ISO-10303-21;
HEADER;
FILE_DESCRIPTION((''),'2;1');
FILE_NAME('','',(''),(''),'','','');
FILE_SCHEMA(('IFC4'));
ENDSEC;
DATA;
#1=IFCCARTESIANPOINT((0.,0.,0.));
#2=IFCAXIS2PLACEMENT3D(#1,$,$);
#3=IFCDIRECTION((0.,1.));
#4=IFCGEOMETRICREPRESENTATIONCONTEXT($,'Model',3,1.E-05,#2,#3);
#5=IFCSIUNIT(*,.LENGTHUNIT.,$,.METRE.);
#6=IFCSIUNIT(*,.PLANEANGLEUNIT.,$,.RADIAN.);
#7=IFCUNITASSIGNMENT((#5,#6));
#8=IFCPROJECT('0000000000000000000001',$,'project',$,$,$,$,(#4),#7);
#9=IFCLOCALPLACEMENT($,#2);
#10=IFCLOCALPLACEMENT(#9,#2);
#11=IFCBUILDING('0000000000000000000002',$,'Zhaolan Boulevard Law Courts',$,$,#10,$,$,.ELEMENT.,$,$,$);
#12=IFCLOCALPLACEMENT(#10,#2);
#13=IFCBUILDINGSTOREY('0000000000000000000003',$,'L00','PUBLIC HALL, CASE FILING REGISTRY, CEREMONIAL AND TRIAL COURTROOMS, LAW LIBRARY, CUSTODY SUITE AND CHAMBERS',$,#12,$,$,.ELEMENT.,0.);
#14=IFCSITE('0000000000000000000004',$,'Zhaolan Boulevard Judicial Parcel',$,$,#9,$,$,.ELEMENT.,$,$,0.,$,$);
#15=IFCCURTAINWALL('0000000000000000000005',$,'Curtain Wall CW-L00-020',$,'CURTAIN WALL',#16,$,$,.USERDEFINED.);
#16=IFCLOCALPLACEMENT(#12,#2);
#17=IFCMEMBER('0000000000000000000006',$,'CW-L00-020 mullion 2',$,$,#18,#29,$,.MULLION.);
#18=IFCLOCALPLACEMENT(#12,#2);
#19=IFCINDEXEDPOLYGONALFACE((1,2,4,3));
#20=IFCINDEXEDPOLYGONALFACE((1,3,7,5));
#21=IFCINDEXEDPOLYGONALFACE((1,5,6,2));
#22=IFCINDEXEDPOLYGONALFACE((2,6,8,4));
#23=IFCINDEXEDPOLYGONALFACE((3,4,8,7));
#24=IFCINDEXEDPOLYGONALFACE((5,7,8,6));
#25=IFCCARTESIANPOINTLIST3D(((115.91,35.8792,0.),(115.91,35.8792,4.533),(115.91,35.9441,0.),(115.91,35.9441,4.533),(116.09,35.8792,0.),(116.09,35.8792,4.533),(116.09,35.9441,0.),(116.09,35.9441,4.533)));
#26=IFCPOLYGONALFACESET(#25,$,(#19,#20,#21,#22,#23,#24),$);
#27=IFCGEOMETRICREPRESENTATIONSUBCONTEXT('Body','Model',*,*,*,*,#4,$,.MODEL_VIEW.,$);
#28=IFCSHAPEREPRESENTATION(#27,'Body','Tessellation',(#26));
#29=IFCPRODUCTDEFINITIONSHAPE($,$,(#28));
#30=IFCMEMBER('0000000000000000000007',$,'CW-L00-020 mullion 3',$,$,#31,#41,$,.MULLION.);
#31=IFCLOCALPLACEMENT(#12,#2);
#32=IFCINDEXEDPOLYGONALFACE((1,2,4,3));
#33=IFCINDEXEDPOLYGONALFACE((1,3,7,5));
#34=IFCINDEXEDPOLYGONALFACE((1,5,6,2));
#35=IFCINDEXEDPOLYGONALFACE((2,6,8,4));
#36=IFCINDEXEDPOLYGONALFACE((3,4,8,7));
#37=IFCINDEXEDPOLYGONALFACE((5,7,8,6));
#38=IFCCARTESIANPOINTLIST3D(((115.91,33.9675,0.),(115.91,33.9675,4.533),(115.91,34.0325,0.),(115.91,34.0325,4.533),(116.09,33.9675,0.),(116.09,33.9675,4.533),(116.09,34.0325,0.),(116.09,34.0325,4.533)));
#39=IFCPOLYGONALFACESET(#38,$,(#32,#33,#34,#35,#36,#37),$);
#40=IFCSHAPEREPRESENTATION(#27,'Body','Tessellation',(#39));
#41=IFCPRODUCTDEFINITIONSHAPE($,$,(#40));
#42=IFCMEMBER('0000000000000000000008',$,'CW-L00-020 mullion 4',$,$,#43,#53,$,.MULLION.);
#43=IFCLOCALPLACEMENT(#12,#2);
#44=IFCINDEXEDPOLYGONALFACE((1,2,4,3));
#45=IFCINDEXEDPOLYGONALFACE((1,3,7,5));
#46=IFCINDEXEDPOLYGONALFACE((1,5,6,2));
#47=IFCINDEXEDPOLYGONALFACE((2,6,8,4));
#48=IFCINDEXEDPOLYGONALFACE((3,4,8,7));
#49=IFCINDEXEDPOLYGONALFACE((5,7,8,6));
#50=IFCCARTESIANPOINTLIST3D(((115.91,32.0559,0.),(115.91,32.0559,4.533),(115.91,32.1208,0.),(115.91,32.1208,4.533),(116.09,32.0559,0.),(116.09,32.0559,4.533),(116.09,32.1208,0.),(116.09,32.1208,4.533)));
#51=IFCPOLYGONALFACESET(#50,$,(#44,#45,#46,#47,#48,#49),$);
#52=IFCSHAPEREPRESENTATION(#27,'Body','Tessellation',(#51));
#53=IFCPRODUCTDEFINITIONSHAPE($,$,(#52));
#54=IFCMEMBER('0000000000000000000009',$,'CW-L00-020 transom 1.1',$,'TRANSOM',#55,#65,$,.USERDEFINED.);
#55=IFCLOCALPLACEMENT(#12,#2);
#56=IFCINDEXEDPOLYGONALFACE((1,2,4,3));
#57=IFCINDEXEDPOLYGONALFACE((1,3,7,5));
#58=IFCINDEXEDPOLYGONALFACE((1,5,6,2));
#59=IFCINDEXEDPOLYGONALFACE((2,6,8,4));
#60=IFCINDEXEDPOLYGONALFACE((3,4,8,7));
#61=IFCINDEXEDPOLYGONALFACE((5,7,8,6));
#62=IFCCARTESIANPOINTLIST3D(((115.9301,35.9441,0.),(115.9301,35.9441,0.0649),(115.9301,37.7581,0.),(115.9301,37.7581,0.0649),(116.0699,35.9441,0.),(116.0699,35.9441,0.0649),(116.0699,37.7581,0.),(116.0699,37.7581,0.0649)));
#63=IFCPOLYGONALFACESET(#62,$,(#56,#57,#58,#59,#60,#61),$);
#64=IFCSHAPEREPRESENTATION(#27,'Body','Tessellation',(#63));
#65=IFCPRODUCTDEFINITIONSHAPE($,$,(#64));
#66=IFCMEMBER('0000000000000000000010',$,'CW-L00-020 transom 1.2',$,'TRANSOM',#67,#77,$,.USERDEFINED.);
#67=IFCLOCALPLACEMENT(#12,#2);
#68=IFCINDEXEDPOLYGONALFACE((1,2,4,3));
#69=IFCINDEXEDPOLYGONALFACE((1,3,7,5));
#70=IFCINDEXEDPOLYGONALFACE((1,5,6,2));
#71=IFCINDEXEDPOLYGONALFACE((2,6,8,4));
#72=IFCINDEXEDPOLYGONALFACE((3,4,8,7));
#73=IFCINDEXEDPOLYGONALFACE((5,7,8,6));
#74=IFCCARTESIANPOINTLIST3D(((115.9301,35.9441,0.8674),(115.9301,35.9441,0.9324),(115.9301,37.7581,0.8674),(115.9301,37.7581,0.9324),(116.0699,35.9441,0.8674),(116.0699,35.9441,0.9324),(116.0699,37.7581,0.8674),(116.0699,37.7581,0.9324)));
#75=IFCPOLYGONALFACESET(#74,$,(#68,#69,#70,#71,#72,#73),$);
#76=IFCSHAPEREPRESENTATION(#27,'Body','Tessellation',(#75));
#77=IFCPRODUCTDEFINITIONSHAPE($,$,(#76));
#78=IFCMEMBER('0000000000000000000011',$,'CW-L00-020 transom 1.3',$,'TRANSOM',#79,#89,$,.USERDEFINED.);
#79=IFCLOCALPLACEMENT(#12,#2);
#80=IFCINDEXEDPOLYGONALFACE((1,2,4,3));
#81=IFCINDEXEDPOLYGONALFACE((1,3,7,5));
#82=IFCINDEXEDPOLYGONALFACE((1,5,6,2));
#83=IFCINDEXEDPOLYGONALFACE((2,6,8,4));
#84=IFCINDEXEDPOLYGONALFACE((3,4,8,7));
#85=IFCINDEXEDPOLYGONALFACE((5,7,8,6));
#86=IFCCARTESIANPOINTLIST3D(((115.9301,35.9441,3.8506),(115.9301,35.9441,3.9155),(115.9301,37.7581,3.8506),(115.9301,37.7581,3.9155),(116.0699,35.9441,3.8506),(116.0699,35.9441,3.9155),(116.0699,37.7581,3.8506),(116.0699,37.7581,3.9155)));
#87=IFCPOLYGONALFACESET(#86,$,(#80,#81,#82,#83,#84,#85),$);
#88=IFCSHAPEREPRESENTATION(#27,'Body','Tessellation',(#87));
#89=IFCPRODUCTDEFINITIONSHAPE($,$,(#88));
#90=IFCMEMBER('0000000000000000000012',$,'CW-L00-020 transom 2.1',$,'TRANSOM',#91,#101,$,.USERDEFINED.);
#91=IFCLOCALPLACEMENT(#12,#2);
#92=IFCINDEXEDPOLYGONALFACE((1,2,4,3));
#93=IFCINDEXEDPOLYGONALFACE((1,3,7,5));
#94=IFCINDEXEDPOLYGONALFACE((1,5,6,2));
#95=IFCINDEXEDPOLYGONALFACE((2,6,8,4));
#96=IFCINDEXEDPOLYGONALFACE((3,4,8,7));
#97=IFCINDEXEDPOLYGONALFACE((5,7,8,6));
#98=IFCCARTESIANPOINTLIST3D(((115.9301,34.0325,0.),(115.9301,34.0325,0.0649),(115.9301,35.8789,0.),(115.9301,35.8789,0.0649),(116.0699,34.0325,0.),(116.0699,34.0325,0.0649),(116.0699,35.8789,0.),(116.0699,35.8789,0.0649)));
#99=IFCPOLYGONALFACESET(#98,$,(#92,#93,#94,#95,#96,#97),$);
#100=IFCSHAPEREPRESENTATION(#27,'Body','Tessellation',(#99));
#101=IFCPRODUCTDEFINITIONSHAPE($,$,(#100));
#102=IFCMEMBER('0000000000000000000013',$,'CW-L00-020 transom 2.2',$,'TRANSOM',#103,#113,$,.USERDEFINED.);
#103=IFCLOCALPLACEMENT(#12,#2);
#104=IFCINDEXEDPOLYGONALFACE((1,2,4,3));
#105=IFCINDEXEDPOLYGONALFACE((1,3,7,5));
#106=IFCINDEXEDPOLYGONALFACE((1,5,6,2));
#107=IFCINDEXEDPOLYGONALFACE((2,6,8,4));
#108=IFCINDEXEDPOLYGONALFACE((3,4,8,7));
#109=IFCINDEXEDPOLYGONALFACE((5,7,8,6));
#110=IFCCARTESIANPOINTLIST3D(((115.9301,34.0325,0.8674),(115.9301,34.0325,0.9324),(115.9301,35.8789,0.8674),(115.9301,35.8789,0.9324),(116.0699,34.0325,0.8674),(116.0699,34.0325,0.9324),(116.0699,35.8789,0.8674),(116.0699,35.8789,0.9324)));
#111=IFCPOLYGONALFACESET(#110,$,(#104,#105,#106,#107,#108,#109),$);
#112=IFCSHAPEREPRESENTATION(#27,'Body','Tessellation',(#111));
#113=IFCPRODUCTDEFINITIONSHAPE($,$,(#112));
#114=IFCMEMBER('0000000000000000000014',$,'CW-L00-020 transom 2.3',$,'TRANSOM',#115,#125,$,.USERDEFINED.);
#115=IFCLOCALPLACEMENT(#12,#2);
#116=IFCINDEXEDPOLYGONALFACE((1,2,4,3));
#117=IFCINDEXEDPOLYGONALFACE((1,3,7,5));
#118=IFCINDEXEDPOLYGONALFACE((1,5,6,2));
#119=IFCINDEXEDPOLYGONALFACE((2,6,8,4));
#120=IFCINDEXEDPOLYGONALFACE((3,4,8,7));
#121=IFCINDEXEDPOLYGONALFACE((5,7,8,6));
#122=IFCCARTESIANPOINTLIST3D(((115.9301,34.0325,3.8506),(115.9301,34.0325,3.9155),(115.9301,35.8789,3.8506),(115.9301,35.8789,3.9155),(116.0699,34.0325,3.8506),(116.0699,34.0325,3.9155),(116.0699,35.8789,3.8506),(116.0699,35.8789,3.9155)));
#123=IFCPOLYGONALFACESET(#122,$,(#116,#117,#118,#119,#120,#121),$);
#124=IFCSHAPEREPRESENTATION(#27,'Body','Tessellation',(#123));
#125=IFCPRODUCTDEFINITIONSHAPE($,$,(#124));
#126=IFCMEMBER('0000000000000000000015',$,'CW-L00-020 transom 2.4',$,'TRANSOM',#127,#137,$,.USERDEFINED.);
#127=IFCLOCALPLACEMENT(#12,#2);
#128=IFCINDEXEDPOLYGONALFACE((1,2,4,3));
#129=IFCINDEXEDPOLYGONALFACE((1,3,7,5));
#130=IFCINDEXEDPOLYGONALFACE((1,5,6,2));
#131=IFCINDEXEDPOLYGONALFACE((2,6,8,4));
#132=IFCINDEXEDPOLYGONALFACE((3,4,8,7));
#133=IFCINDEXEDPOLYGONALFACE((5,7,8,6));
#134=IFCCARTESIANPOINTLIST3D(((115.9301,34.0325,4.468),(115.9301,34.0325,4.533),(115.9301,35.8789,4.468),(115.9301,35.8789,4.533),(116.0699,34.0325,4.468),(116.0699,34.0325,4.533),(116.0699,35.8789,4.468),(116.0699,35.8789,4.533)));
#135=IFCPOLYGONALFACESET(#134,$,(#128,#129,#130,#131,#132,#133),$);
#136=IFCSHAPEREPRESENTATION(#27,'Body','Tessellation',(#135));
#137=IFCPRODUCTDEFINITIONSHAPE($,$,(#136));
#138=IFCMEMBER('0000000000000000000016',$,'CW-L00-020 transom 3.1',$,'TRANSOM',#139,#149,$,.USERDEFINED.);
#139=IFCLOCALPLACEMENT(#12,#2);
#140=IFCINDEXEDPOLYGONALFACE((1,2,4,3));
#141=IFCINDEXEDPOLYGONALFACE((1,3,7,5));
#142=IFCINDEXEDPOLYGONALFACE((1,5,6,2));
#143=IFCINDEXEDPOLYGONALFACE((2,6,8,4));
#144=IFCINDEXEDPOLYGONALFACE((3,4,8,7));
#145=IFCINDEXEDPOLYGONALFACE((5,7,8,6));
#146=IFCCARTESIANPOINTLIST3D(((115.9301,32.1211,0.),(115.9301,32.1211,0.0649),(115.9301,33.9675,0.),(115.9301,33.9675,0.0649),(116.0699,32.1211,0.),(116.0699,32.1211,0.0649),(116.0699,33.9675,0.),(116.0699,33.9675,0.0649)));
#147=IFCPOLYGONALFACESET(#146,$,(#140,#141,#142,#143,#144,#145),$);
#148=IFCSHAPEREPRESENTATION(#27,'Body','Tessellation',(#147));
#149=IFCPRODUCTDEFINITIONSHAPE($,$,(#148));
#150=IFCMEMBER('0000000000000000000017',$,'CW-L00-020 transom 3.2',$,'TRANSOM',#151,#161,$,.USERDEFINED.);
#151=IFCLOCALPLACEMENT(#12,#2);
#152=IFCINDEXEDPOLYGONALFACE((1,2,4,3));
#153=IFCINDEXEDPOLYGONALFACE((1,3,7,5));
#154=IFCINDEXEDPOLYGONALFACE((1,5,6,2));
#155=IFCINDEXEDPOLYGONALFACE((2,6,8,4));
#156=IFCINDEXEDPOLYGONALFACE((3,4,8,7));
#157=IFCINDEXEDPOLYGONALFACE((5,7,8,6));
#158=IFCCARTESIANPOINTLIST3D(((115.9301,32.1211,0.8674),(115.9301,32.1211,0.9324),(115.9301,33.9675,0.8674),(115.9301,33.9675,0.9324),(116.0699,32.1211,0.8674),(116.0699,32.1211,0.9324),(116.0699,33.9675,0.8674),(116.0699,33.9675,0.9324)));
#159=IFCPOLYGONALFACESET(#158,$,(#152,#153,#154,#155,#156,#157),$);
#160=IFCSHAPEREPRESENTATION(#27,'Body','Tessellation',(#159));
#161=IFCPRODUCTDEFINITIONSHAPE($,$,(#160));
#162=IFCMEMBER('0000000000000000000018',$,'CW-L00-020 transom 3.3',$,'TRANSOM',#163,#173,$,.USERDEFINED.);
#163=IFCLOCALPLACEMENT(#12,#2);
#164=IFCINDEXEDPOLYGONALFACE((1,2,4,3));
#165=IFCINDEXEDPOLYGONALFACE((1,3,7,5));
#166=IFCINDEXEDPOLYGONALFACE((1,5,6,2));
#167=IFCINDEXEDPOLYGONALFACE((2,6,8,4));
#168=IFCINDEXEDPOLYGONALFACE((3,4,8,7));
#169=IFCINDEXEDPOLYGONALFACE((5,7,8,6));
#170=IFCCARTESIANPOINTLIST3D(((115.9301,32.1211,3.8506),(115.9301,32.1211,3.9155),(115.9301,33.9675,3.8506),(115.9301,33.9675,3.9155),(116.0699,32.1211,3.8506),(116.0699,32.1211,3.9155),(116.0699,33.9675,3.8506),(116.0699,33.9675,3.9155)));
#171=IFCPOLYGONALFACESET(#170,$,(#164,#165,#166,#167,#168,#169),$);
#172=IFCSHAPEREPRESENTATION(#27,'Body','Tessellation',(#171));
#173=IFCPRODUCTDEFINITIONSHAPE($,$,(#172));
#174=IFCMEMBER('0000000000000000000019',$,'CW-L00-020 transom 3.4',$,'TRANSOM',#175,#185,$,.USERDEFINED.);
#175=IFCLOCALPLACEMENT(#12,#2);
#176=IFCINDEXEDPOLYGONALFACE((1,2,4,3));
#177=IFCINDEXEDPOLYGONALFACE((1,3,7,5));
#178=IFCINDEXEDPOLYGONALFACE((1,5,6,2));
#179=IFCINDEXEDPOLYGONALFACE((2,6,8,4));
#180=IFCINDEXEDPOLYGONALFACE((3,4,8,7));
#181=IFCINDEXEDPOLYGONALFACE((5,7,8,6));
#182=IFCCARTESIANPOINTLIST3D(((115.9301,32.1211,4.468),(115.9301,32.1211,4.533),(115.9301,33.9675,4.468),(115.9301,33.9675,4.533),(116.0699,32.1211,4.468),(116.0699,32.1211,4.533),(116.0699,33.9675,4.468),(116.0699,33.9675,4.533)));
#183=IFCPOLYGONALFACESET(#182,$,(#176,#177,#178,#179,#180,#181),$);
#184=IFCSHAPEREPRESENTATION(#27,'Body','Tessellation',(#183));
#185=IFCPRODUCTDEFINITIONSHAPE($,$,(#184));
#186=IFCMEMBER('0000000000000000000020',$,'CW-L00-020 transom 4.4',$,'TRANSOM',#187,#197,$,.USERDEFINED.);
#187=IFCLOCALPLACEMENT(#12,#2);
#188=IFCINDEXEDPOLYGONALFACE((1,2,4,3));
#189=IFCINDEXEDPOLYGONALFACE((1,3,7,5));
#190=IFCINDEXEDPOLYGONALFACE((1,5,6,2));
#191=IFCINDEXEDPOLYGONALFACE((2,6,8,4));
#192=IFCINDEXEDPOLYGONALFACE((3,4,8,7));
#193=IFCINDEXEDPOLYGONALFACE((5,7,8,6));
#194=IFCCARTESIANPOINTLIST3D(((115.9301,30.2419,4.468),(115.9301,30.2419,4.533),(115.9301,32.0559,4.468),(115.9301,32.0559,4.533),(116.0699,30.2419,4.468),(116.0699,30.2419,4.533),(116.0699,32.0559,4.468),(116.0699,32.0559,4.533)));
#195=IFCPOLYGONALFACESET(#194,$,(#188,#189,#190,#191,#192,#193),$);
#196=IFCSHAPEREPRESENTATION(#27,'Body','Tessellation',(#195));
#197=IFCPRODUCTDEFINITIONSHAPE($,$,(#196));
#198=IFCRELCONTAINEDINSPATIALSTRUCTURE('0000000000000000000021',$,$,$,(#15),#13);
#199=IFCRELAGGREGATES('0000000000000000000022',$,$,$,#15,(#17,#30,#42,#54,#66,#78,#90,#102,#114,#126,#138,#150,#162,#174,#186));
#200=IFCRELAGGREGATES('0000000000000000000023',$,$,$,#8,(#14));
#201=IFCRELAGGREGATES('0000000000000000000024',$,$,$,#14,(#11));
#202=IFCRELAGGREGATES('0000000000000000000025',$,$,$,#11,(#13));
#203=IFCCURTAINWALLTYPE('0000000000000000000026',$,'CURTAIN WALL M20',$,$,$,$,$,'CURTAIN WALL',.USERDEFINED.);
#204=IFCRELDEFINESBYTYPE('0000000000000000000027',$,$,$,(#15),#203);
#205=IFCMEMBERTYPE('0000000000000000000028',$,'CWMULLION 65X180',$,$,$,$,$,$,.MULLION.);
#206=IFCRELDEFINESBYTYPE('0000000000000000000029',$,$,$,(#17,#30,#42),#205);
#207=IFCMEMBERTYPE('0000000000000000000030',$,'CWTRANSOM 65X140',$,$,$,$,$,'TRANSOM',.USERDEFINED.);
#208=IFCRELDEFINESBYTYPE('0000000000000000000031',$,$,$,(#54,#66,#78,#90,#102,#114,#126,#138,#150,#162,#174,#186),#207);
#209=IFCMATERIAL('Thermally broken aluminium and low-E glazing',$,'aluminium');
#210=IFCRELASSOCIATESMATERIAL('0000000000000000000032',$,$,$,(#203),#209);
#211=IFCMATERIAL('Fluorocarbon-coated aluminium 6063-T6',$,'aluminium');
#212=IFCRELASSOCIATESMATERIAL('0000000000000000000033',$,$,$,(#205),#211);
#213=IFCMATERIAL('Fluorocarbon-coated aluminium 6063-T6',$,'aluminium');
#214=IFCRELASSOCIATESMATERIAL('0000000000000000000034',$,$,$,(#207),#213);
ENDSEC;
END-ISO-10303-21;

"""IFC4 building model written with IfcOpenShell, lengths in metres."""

from ifc_helpers import new_model, si_unit, direction, frame, origin, origin_2d, place, context, subcontext, project, spatial, rectangle, extrude, material, material_profile, profile_set, type_object, element, aggregate, save


model = new_model("IFC4")

# Units and contexts
model_context = context("Model", 3, precision=1e-05, world=origin(), true_north=direction((0.0, 1.0)))
body_context = subcontext(model_context, "Body", "Model", "MODEL_VIEW")
ifc_project = project(units=[si_unit("LENGTHUNIT", "METRE"), si_unit("PLANEANGLEUNIT", "RADIAN")], contexts=[model_context])

# Site, building, storey
site_placement = place(None, origin())
site = spatial("IfcSite", under=ifc_project, at=site_placement, Name="Zhaolan Boulevard Judicial Parcel", CompositionType="ELEMENT", RefElevation=0.0)
building_placement = place(site_placement, origin())
building = spatial("IfcBuilding", under=site, at=building_placement, Name="Zhaolan Boulevard Law Courts", CompositionType="ELEMENT")
storey_placement = place(building_placement, origin())
storey = spatial("IfcBuildingStorey", under=building, at=storey_placement, Name="L00", Description="PUBLIC HALL, CASE FILING REGISTRY, CEREMONIAL AND TRIAL COURTROOMS, LAW LIBRARY, CUSTODY SUITE AND CHAMBERS", CompositionType="ELEMENT", Elevation=0.0)

# Curtain wall, members
ifc_material_1 = material(Name="Thermally broken aluminium and low-E glazing", Category="aluminium")
curtain_wall_type = type_object("IfcCurtainWallType", Name="CURTAIN WALL M20", ElementType="CURTAIN WALL", PredefinedType="USERDEFINED", material=ifc_material_1)
curtain_wall_placement = place(storey_placement, origin())
curtain_wall = element("IfcCurtainWall", 1, at=curtain_wall_placement, inside=storey, type_object=curtain_wall_type, Name="Curtain Wall CW-L00-020", ObjectType="CURTAIN WALL", PredefinedType="USERDEFINED")
ifc_material_2 = material(Name="Fluorocarbon-coated aluminium 6063-T6", Category="aluminium")
ifc_material_profile_1 = material_profile(ifc_material_2, rectangle(XDim=0.1799, YDim=0.0649, at=origin_2d()), Name="AL65x180")
ifc_profile_set_1 = profile_set([ifc_material_profile_1], Name="Fluorocarbon-coated aluminium 6063-T6")
member_type_1 = type_object("IfcMemberType", Name="CWMULLION 65X180", PredefinedType="MULLION", material=ifc_profile_set_1)
member_1_placement = place(storey_placement, frame((116.0, 35.9116, 0.0), z_axis=(0.0, 0.0, 1.0), x_axis=(1.0, 0.0, 0.0)))
member_1 = element("IfcMember", 2, at=member_1_placement, type_object=member_type_1, Name="CW-L00-020 mullion 2", PredefinedType="MULLION", context=body_context, shape_type="SweptSolid", body=[
    extrude(rectangle(XDim=0.1799, YDim=0.0649, at=origin_2d()), origin(), (0.0, 0.0, 1.0), 4.533),
])
member_2_placement = place(storey_placement, frame((116.0, 34.0, 0.0), z_axis=(0.0, 0.0, 1.0), x_axis=(1.0, 0.0, 0.0)))
member_2 = element("IfcMember", 3, at=member_2_placement, type_object=member_type_1, Name="CW-L00-020 mullion 3", PredefinedType="MULLION", context=body_context, shape_type="SweptSolid", body=[
    extrude(rectangle(XDim=0.1799, YDim=0.0649, at=origin_2d()), origin(), (0.0, 0.0, 1.0), 4.533),
])
member_3_placement = place(storey_placement, frame((116.0, 32.0884, 0.0), z_axis=(0.0, 0.0, 1.0), x_axis=(1.0, 0.0, 0.0)))
member_3 = element("IfcMember", 4, at=member_3_placement, type_object=member_type_1, Name="CW-L00-020 mullion 4", PredefinedType="MULLION", context=body_context, shape_type="SweptSolid", body=[
    extrude(rectangle(XDim=0.1799, YDim=0.0649, at=origin_2d()), origin(), (0.0, 0.0, 1.0), 4.533),
])
ifc_material_3 = material(Name="Fluorocarbon-coated aluminium 6063-T6", Category="aluminium")
ifc_material_profile_2 = material_profile(ifc_material_3, rectangle(XDim=0.1399, YDim=0.0649, at=origin_2d()), Name="AL65x140")
ifc_profile_set_2 = profile_set([ifc_material_profile_2], Name="Fluorocarbon-coated aluminium 6063-T6")
member_type_2 = type_object("IfcMemberType", Name="CWTRANSOM 65X140", ElementType="TRANSOM", PredefinedType="USERDEFINED", material=ifc_profile_set_2)
member_4_placement = place(storey_placement, frame((116.0, 37.7581, 0.0325), z_axis=(0.0, -1.0, 0.0), x_axis=(1.0, 0.0, 0.0)))
member_4 = element("IfcMember", 5, at=member_4_placement, type_object=member_type_2, Name="CW-L00-020 transom 1.1", ObjectType="TRANSOM", PredefinedType="USERDEFINED", context=body_context, shape_type="SweptSolid", body=[
    extrude(rectangle(XDim=0.1399, YDim=0.0649, at=origin_2d()), origin(), (0.0, 0.0, 1.0), 1.814),
])
member_5_placement = place(storey_placement, frame((116.0, 37.7581, 0.8999), z_axis=(0.0, -1.0, 0.0), x_axis=(1.0, 0.0, 0.0)))
member_5 = element("IfcMember", 6, at=member_5_placement, type_object=member_type_2, Name="CW-L00-020 transom 1.2", ObjectType="TRANSOM", PredefinedType="USERDEFINED", context=body_context, shape_type="SweptSolid", body=[
    extrude(rectangle(XDim=0.1399, YDim=0.0649, at=origin_2d()), origin(), (0.0, 0.0, 1.0), 1.814),
])
member_6_placement = place(storey_placement, frame((116.0, 37.7581, 3.8831), z_axis=(0.0, -1.0, 0.0), x_axis=(1.0, 0.0, 0.0)))
member_6 = element("IfcMember", 7, at=member_6_placement, type_object=member_type_2, Name="CW-L00-020 transom 1.3", ObjectType="TRANSOM", PredefinedType="USERDEFINED", context=body_context, shape_type="SweptSolid", body=[
    extrude(rectangle(XDim=0.1399, YDim=0.0649, at=origin_2d()), origin(), (0.0, 0.0, 1.0), 1.814),
])
member_7_placement = place(storey_placement, frame((116.0, 35.8789, 0.0325), z_axis=(0.0, -1.0, 0.0), x_axis=(1.0, 0.0, 0.0)))
member_7 = element("IfcMember", 8, at=member_7_placement, type_object=member_type_2, Name="CW-L00-020 transom 2.1", ObjectType="TRANSOM", PredefinedType="USERDEFINED", context=body_context, shape_type="SweptSolid", body=[
    extrude(rectangle(XDim=0.1399, YDim=0.0649, at=origin_2d()), origin(), (0.0, 0.0, 1.0), 1.8464),
])
member_8_placement = place(storey_placement, frame((116.0, 35.8789, 0.8999), z_axis=(0.0, -1.0, 0.0), x_axis=(1.0, 0.0, 0.0)))
member_8 = element("IfcMember", 9, at=member_8_placement, type_object=member_type_2, Name="CW-L00-020 transom 2.2", ObjectType="TRANSOM", PredefinedType="USERDEFINED", context=body_context, shape_type="SweptSolid", body=[
    extrude(rectangle(XDim=0.1399, YDim=0.0649, at=origin_2d()), origin(), (0.0, 0.0, 1.0), 1.8464),
])
member_9_placement = place(storey_placement, frame((116.0, 35.8789, 3.8831), z_axis=(0.0, -1.0, 0.0), x_axis=(1.0, 0.0, 0.0)))
member_9 = element("IfcMember", 10, at=member_9_placement, type_object=member_type_2, Name="CW-L00-020 transom 2.3", ObjectType="TRANSOM", PredefinedType="USERDEFINED", context=body_context, shape_type="SweptSolid", body=[
    extrude(rectangle(XDim=0.1399, YDim=0.0649, at=origin_2d()), origin(), (0.0, 0.0, 1.0), 1.8464),
])
member_10_placement = place(storey_placement, frame((116.0, 35.8789, 4.5005), z_axis=(0.0, -1.0, 0.0), x_axis=(1.0, 0.0, 0.0)))
member_10 = element("IfcMember", 11, at=member_10_placement, type_object=member_type_2, Name="CW-L00-020 transom 2.4", ObjectType="TRANSOM", PredefinedType="USERDEFINED", context=body_context, shape_type="SweptSolid", body=[
    extrude(rectangle(XDim=0.1399, YDim=0.0649, at=origin_2d()), origin(), (0.0, 0.0, 1.0), 1.8464),
])
member_11_placement = place(storey_placement, frame((116.0, 33.9675, 0.0325), z_axis=(0.0, -1.0, 0.0), x_axis=(1.0, 0.0, 0.0)))
member_11 = element("IfcMember", 12, at=member_11_placement, type_object=member_type_2, Name="CW-L00-020 transom 3.1", ObjectType="TRANSOM", PredefinedType="USERDEFINED", context=body_context, shape_type="SweptSolid", body=[
    extrude(rectangle(XDim=0.1399, YDim=0.0649, at=origin_2d()), origin(), (0.0, 0.0, 1.0), 1.8464),
])
member_12_placement = place(storey_placement, frame((116.0, 33.9675, 0.8999), z_axis=(0.0, -1.0, 0.0), x_axis=(1.0, 0.0, 0.0)))
member_12 = element("IfcMember", 13, at=member_12_placement, type_object=member_type_2, Name="CW-L00-020 transom 3.2", ObjectType="TRANSOM", PredefinedType="USERDEFINED", context=body_context, shape_type="SweptSolid", body=[
    extrude(rectangle(XDim=0.1399, YDim=0.0649, at=origin_2d()), origin(), (0.0, 0.0, 1.0), 1.8464),
])
member_13_placement = place(storey_placement, frame((116.0, 33.9675, 3.8831), z_axis=(0.0, -1.0, 0.0), x_axis=(1.0, 0.0, 0.0)))
member_13 = element("IfcMember", 14, at=member_13_placement, type_object=member_type_2, Name="CW-L00-020 transom 3.3", ObjectType="TRANSOM", PredefinedType="USERDEFINED", context=body_context, shape_type="SweptSolid", body=[
    extrude(rectangle(XDim=0.1399, YDim=0.0649, at=origin_2d()), origin(), (0.0, 0.0, 1.0), 1.8464),
])
member_14_placement = place(storey_placement, frame((116.0, 33.9675, 4.5005), z_axis=(0.0, -1.0, 0.0), x_axis=(1.0, 0.0, 0.0)))
member_14 = element("IfcMember", 15, at=member_14_placement, type_object=member_type_2, Name="CW-L00-020 transom 3.4", ObjectType="TRANSOM", PredefinedType="USERDEFINED", context=body_context, shape_type="SweptSolid", body=[
    extrude(rectangle(XDim=0.1399, YDim=0.0649, at=origin_2d()), origin(), (0.0, 0.0, 1.0), 1.8464),
])
member_15_placement = place(storey_placement, frame((116.0, 32.0559, 4.5005), z_axis=(0.0, -1.0, 0.0), x_axis=(1.0, 0.0, 0.0)))
member_15 = element("IfcMember", 16, at=member_15_placement, type_object=member_type_2, Name="CW-L00-020 transom 4.4", ObjectType="TRANSOM", PredefinedType="USERDEFINED", context=body_context, shape_type="SweptSolid", body=[
    extrude(rectangle(XDim=0.1399, YDim=0.0649, at=origin_2d()), origin(), (0.0, 0.0, 1.0), 1.814),
])
aggregate(curtain_wall, [member_1, member_2, member_3, member_4, member_5, member_6, member_7, member_8, member_9, member_10, member_11, member_12, member_13, member_14, member_15])

save(model, "model.ifc")
